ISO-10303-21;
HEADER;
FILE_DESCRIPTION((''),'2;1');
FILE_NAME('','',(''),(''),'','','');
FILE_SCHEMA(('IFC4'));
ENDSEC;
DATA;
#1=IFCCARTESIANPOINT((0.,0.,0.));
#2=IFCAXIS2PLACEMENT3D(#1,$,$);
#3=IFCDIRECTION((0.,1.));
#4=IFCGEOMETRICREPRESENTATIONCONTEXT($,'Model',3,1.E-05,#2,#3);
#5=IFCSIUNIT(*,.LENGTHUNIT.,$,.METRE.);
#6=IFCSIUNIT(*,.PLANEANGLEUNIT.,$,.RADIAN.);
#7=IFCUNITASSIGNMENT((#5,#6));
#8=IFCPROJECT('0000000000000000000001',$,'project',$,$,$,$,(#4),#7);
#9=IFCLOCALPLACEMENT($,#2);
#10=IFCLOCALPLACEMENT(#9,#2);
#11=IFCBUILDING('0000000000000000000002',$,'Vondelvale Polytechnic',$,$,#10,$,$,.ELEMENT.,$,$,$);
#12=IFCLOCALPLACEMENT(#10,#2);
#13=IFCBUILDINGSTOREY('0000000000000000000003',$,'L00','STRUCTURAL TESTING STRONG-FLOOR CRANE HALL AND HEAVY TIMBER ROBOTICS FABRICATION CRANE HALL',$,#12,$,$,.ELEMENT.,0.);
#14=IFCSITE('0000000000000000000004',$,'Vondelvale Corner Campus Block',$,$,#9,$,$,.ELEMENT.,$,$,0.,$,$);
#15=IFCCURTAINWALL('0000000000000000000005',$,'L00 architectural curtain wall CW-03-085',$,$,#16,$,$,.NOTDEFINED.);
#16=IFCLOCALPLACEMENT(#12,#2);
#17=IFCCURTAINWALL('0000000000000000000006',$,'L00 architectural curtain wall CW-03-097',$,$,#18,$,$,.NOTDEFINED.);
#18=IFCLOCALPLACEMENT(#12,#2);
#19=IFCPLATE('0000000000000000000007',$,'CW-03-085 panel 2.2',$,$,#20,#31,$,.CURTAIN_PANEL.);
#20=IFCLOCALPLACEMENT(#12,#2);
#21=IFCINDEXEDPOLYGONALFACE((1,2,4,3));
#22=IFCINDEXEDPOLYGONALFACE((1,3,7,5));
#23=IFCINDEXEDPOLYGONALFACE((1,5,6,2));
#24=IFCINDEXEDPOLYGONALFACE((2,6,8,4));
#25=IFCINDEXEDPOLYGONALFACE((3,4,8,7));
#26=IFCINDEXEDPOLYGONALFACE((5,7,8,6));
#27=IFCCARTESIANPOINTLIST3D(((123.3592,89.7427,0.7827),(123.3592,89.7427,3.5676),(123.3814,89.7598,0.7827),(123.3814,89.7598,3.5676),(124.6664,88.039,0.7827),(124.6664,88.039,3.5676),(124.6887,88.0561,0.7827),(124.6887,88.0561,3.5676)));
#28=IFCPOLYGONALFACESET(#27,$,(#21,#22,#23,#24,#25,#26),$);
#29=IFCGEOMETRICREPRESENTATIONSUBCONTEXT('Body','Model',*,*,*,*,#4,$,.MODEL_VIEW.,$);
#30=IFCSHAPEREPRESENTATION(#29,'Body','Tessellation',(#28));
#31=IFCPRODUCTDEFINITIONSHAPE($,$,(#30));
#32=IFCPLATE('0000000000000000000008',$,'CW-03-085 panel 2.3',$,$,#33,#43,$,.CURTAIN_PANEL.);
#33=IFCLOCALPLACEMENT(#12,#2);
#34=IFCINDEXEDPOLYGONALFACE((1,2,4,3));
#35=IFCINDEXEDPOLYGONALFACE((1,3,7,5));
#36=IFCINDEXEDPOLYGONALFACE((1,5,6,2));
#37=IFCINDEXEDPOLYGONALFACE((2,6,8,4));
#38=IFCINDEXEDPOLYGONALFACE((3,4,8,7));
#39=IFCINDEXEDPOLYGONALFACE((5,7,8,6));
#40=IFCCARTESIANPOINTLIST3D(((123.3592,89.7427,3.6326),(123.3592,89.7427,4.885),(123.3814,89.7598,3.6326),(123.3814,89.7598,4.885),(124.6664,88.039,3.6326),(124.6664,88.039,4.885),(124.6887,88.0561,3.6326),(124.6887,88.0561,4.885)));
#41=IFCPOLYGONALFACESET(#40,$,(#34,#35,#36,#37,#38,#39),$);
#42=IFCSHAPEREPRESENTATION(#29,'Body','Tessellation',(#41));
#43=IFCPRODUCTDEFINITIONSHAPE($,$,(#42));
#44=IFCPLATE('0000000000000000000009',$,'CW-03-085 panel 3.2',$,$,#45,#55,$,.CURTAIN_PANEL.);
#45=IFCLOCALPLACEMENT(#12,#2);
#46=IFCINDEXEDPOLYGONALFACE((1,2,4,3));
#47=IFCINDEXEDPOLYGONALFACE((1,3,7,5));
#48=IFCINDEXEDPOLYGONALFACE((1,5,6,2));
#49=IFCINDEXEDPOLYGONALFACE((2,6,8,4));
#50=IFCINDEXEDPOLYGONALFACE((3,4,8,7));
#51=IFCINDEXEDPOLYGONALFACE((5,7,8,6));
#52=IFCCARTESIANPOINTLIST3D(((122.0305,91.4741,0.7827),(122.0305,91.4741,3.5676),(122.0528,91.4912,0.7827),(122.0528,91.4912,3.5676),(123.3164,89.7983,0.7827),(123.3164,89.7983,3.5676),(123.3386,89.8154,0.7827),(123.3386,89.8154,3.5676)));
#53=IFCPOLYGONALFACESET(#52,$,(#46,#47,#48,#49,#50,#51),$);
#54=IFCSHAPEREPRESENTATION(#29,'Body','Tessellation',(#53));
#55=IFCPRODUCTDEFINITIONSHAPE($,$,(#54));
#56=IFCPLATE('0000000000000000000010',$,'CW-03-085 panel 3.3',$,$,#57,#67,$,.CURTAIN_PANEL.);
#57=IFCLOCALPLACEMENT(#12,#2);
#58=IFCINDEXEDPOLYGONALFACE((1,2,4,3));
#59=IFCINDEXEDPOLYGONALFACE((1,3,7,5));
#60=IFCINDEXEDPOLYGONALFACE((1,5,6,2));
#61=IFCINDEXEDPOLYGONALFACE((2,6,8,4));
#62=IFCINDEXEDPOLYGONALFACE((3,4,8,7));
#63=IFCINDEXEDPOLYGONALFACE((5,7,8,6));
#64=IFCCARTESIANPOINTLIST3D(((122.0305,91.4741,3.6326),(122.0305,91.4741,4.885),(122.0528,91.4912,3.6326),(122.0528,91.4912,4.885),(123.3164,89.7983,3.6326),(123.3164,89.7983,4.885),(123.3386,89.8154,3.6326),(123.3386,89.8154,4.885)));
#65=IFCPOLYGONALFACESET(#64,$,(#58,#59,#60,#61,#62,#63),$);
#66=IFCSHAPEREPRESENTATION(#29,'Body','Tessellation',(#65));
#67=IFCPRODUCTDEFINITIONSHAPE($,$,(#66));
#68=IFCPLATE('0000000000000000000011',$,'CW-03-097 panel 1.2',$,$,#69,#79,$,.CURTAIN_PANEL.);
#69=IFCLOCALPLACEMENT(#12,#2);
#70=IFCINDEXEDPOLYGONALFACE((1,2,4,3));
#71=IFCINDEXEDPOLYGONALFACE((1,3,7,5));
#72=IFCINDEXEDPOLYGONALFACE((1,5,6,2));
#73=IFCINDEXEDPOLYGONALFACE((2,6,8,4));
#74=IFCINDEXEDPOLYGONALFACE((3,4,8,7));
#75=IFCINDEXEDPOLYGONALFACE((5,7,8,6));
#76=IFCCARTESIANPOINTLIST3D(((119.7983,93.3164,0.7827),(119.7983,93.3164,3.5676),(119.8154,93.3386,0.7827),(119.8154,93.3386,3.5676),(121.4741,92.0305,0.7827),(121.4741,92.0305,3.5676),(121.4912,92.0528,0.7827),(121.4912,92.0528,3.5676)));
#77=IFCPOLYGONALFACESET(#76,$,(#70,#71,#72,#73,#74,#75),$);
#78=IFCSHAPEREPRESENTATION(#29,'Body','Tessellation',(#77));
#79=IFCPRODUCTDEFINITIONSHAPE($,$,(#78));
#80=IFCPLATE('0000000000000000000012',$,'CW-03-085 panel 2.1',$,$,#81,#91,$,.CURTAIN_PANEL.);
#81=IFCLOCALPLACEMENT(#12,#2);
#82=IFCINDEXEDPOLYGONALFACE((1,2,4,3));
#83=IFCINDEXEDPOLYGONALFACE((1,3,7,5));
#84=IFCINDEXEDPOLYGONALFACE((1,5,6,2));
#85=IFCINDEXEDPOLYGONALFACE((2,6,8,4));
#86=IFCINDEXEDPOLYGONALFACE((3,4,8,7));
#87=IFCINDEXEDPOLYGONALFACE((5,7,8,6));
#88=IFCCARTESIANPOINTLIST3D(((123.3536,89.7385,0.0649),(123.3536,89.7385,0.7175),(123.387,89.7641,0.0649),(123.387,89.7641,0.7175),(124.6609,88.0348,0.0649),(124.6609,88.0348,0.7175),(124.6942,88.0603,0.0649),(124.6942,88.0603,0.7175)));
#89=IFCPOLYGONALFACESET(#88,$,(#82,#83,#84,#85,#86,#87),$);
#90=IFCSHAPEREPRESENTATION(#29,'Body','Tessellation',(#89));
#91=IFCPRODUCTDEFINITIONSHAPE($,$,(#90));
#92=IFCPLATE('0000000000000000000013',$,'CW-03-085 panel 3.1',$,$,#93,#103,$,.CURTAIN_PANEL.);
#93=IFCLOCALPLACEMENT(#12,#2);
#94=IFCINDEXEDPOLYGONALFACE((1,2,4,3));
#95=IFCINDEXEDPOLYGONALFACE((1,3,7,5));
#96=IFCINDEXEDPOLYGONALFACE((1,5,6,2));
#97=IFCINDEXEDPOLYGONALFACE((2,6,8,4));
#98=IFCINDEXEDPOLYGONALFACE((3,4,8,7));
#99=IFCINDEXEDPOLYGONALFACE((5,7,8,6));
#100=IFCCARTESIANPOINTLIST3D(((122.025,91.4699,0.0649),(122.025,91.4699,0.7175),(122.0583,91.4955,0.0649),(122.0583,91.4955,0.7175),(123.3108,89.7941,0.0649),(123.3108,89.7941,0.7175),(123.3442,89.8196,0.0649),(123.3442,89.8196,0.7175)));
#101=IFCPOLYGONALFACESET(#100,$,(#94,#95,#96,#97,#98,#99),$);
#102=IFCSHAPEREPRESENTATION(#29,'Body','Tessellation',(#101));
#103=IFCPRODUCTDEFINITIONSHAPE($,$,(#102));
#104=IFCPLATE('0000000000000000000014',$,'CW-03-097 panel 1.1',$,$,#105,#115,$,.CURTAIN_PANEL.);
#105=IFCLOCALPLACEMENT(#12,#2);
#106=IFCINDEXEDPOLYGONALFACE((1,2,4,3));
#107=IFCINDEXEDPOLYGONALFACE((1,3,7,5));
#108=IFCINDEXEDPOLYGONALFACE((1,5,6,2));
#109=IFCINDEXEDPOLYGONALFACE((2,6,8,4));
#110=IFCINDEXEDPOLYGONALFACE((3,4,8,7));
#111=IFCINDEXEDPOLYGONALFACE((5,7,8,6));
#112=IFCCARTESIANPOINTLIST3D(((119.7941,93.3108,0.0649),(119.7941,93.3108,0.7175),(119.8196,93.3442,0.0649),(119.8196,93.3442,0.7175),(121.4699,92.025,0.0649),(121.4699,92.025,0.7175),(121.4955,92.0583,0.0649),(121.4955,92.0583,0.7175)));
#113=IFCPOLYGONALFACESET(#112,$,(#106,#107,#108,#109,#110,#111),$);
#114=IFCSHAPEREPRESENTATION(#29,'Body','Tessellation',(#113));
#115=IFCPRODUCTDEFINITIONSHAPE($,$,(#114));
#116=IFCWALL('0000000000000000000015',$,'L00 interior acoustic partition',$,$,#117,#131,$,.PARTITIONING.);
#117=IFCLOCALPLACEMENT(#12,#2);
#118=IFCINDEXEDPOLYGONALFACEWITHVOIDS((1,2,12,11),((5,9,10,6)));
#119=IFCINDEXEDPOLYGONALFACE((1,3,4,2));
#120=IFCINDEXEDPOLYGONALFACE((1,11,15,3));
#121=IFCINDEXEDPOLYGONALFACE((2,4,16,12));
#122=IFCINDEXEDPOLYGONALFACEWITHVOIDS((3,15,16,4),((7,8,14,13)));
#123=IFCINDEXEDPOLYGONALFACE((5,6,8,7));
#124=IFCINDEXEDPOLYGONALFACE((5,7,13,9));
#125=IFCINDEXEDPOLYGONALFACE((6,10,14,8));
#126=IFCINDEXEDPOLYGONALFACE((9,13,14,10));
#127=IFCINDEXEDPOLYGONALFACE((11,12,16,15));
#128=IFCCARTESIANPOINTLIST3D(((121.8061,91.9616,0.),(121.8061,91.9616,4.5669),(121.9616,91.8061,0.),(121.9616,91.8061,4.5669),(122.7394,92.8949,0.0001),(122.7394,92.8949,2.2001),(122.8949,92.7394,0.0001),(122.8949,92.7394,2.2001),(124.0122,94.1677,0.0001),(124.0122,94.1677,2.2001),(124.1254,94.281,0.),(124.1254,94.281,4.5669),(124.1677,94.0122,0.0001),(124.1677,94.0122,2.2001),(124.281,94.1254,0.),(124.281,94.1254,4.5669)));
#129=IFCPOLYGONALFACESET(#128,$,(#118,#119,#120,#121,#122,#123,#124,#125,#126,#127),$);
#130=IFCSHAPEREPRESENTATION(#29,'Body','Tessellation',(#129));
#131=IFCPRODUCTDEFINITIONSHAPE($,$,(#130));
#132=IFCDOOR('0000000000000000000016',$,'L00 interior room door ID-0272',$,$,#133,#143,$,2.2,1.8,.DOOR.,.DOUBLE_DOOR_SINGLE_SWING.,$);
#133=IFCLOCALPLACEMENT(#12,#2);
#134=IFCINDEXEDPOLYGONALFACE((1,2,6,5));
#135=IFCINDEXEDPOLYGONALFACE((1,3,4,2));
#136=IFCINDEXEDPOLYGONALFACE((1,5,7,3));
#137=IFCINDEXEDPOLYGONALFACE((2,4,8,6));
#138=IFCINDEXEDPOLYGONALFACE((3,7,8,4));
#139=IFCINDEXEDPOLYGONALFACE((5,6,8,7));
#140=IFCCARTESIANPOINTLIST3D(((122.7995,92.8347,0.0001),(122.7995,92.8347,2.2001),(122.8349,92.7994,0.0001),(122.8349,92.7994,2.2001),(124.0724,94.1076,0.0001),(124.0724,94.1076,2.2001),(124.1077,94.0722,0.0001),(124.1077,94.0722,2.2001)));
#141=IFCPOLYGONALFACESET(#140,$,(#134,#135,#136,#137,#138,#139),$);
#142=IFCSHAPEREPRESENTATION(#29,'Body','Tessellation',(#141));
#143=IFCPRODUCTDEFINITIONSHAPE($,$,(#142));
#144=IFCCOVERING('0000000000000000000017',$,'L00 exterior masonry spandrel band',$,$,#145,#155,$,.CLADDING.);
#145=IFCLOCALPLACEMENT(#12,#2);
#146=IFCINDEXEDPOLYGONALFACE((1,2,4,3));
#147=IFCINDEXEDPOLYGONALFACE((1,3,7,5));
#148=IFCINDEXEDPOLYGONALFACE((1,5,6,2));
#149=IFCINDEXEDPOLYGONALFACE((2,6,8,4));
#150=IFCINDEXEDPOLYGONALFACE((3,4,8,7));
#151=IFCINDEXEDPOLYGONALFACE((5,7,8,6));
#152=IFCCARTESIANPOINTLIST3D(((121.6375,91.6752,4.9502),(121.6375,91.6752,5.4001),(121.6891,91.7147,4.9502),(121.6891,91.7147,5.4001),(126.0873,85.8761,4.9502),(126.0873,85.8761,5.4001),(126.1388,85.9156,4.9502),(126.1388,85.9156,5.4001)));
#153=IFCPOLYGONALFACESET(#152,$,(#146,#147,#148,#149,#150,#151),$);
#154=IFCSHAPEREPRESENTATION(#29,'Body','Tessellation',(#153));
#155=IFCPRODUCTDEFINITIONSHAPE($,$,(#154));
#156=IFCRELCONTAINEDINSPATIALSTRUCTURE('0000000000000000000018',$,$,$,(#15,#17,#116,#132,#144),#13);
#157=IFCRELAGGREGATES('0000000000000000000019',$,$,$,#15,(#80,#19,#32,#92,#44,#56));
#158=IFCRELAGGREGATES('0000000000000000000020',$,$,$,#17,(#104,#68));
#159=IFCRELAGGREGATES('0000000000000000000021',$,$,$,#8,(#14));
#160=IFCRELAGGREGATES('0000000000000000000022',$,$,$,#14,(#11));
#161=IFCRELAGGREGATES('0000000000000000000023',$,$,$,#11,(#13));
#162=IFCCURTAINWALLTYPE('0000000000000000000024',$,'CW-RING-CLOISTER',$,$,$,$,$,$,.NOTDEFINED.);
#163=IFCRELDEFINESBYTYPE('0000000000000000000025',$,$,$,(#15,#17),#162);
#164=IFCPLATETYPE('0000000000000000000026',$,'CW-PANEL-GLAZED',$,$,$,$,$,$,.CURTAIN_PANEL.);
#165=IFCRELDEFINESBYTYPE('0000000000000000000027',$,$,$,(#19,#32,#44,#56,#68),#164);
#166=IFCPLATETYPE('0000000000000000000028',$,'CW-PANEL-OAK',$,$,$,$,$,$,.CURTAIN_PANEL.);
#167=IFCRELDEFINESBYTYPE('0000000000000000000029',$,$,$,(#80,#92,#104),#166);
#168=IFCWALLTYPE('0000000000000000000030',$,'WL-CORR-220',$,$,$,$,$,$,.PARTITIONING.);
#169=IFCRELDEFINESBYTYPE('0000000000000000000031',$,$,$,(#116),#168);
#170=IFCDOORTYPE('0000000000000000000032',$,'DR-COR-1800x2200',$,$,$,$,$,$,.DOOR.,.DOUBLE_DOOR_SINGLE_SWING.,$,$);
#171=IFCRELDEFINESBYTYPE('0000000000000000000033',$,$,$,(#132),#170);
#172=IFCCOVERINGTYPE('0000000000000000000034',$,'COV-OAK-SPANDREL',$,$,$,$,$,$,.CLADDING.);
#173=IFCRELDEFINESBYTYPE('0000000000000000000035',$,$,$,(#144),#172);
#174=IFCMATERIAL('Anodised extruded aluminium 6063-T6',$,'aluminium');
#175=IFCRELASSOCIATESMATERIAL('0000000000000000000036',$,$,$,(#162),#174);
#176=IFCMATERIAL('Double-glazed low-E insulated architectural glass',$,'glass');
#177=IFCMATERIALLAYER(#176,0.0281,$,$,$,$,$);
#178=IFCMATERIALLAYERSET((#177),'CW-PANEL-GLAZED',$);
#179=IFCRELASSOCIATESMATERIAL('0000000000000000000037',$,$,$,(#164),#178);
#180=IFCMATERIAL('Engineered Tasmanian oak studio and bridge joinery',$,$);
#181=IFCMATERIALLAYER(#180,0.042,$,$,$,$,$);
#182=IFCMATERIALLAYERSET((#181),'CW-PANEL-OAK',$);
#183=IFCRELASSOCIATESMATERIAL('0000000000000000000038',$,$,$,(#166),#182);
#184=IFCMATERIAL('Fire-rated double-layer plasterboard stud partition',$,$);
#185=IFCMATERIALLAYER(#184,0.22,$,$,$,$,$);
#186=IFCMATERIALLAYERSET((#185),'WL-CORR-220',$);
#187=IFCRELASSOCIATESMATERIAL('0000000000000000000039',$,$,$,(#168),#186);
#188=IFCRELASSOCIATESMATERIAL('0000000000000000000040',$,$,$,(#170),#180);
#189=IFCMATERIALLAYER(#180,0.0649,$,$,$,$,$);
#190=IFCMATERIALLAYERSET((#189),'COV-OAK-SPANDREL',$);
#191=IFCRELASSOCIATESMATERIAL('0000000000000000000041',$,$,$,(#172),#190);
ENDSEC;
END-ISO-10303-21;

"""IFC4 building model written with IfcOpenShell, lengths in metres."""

from ifc_helpers import new_model, si_unit, direction, frame, frame_2d, origin, origin_2d, place, context, subcontext, project, spatial, rectangle, extrude, material, layer, layer_set, type_object, element, fill, aggregate, save


model = new_model("IFC4")

# Units and contexts
model_context = context("Model", 3, precision=1e-05, world=origin(), true_north=direction((0.0, 1.0)))
body_context = subcontext(model_context, "Body", "Model", "MODEL_VIEW")
ifc_project = project(units=[si_unit("LENGTHUNIT", "METRE"), si_unit("PLANEANGLEUNIT", "RADIAN")], contexts=[model_context])

# Site, building, storey
site_placement = place(None, origin())
site = spatial("IfcSite", under=ifc_project, at=site_placement, Name="Vondelvale Corner Campus Block", CompositionType="ELEMENT", RefElevation=0.0)
building_placement = place(site_placement, origin())
building = spatial("IfcBuilding", under=site, at=building_placement, Name="Vondelvale Polytechnic", CompositionType="ELEMENT")
storey_placement = place(building_placement, origin())
storey = spatial("IfcBuildingStorey", under=building, at=storey_placement, Name="L00", Description="STRUCTURAL TESTING STRONG-FLOOR CRANE HALL AND HEAVY TIMBER ROBOTICS FABRICATION CRANE HALL", CompositionType="ELEMENT", Elevation=0.0)

# Curtain wall
ifc_material_1 = material(Name="Anodised extruded aluminium 6063-T6", Category="aluminium")
curtain_wall_type = type_object("IfcCurtainWallType", Name="CW-RING-CLOISTER", PredefinedType="NOTDEFINED", material=ifc_material_1)
curtain_wall_1_placement = place(storey_placement, origin())
curtain_wall_1 = element("IfcCurtainWall", 1, at=curtain_wall_1_placement, inside=storey, type_object=curtain_wall_type, Name="L00 architectural curtain wall CW-03-085", PredefinedType="NOTDEFINED")

# Curtain wall
curtain_wall_2_placement = place(storey_placement, origin())
curtain_wall_2 = element("IfcCurtainWall", 2, at=curtain_wall_2_placement, inside=storey, type_object=curtain_wall_type, Name="L00 architectural curtain wall CW-03-097", PredefinedType="NOTDEFINED")

# Plates
ifc_material_2 = material(Name="Double-glazed low-E insulated architectural glass", Category="glass")
ifc_layer_1 = layer(ifc_material_2, 0.0281)
ifc_layer_set_1 = layer_set([ifc_layer_1], Name="CW-PANEL-GLAZED")
plate_type_1 = type_object("IfcPlateType", Name="CW-PANEL-GLAZED", PredefinedType="CURTAIN_PANEL", material=ifc_layer_set_1)
plate_1_placement = place(storey_placement, frame((124.0239, 88.8994, 0.7827), z_axis=(0.0, 0.0, 1.0), x_axis=(-0.608748, 0.793364, 0.0)))
plate_1 = element("IfcPlate", 3, at=plate_1_placement, type_object=plate_type_1, Name="CW-03-085 panel 2.2", PredefinedType="CURTAIN_PANEL", context=body_context, shape_type="SweptSolid", body=[
    extrude(rectangle(XDim=2.1475, YDim=0.0281, at=origin_2d()), origin(), (0.0, 0.0, 1.0), 2.7849),
])
plate_2_placement = place(storey_placement, frame((124.0239, 88.8994, 3.6326), z_axis=(0.0, 0.0, 1.0), x_axis=(-0.608748, 0.793364, 0.0)))
plate_2 = element("IfcPlate", 4, at=plate_2_placement, type_object=plate_type_1, Name="CW-03-085 panel 2.3", PredefinedType="CURTAIN_PANEL", context=body_context, shape_type="SweptSolid", body=[
    extrude(rectangle(XDim=2.1475, YDim=0.0281, at=origin_2d()), origin(), (0.0, 0.0, 1.0), 1.2524),
])
plate_3_placement = place(storey_placement, frame((122.6846, 90.6448, 0.7827), z_axis=(0.0, 0.0, 1.0), x_axis=(-0.608748, 0.793364, 0.0)))
plate_3 = element("IfcPlate", 5, at=plate_3_placement, type_object=plate_type_1, Name="CW-03-085 panel 3.2", PredefinedType="CURTAIN_PANEL", context=body_context, shape_type="SweptSolid", body=[
    extrude(rectangle(XDim=2.1123, YDim=0.0281, at=origin_2d()), origin(), (0.0, 0.0, 1.0), 2.7849),
])
plate_4_placement = place(storey_placement, frame((122.6846, 90.6448, 3.6326), z_axis=(0.0, 0.0, 1.0), x_axis=(-0.608748, 0.793364, 0.0)))
plate_4 = element("IfcPlate", 6, at=plate_4_placement, type_object=plate_type_1, Name="CW-03-085 panel 3.3", PredefinedType="CURTAIN_PANEL", context=body_context, shape_type="SweptSolid", body=[
    extrude(rectangle(XDim=2.1123, YDim=0.0281, at=origin_2d()), origin(), (0.0, 0.0, 1.0), 1.2524),
])
plate_5_placement = place(storey_placement, frame((120.6448, 92.6846, 0.7827), z_axis=(0.0, 0.0, 1.0), x_axis=(-0.793364, 0.608748, 0.0)))
plate_5 = element("IfcPlate", 7, at=plate_5_placement, type_object=plate_type_1, Name="CW-03-097 panel 1.2", PredefinedType="CURTAIN_PANEL", context=body_context, shape_type="SweptSolid", body=[
    extrude(rectangle(XDim=2.1123, YDim=0.0281, at=origin_2d()), origin(), (0.0, 0.0, 1.0), 2.7849),
])
ifc_material_3 = material(Name="Engineered Tasmanian oak studio and bridge joinery")
ifc_layer_2 = layer(ifc_material_3, 0.042)
ifc_layer_set_2 = layer_set([ifc_layer_2], Name="CW-PANEL-OAK")
plate_type_2 = type_object("IfcPlateType", Name="CW-PANEL-OAK", PredefinedType="CURTAIN_PANEL", material=ifc_layer_set_2)
plate_6_placement = place(storey_placement, frame((124.0239, 88.8994, 0.0649), z_axis=(0.0, 0.0, 1.0), x_axis=(-0.608748, 0.793364, 0.0)))
plate_6 = element("IfcPlate", 8, at=plate_6_placement, type_object=plate_type_2, Name="CW-03-085 panel 2.1", PredefinedType="CURTAIN_PANEL", context=body_context, shape_type="SweptSolid", body=[
    extrude(rectangle(XDim=2.1475, YDim=0.042, at=origin_2d()), origin(), (0.0, 0.0, 1.0), 0.6526),
])
plate_7_placement = place(storey_placement, frame((122.6846, 90.6448, 0.0649), z_axis=(0.0, 0.0, 1.0), x_axis=(-0.608748, 0.793364, 0.0)))
plate_7 = element("IfcPlate", 9, at=plate_7_placement, type_object=plate_type_2, Name="CW-03-085 panel 3.1", PredefinedType="CURTAIN_PANEL", context=body_context, shape_type="SweptSolid", body=[
    extrude(rectangle(XDim=2.1123, YDim=0.042, at=origin_2d()), origin(), (0.0, 0.0, 1.0), 0.6526),
])
aggregate(curtain_wall_1, [plate_6, plate_1, plate_2, plate_7, plate_3, plate_4])
plate_8_placement = place(storey_placement, frame((120.6448, 92.6846, 0.0649), z_axis=(0.0, 0.0, 1.0), x_axis=(-0.793364, 0.608748, 0.0)))
plate_8 = element("IfcPlate", 10, at=plate_8_placement, type_object=plate_type_2, Name="CW-03-097 panel 1.1", PredefinedType="CURTAIN_PANEL", context=body_context, shape_type="SweptSolid", body=[
    extrude(rectangle(XDim=2.1123, YDim=0.042, at=origin_2d()), origin(), (0.0, 0.0, 1.0), 0.6526),
])
aggregate(curtain_wall_2, [plate_8, plate_5])

# Wall, opening, door
ifc_material_4 = material(Name="Fire-rated double-layer plasterboard stud partition")
ifc_layer_3 = layer(ifc_material_4, 0.22)
ifc_layer_set_3 = layer_set([ifc_layer_3], Name="WL-CORR-220")
wall_type = type_object("IfcWallType", Name="WL-CORR-220", PredefinedType="PARTITIONING", material=ifc_layer_set_3)
wall_placement = place(storey_placement, frame((121.8838, 91.8838, 0.0), z_axis=(0.0, 0.0, 1.0), x_axis=(0.707107, 0.707107, 0.0)))
wall = element("IfcWall", 11, at=wall_placement, inside=storey, type_object=wall_type, Name="L00 interior acoustic partition", PredefinedType="PARTITIONING", context=body_context, shape_type="SweptSolid", body=[
    extrude(rectangle(XDim=3.28, YDim=0.22, at=frame_2d((1.6401, 0.0))), origin(), (0.0, 0.0, 1.0), 4.5669),
])
opening_placement = place(wall_placement, frame((1.3201, 0.0, 0.0)))
opening = element("IfcOpeningElement", 12, at=opening_placement, cuts=wall, PredefinedType="OPENING", context=body_context, shape_type="SweptSolid", body=[
    extrude(rectangle(XDim=1.8, YDim=2.2, at=frame_2d((0.8999, 1.1001))), frame((0.0, 0.1199, 0.0), z_axis=(0.0, -1.0, 0.0), x_axis=(1.0, 0.0, 0.0)), (0.0, 0.0, 1.0), 0.24),
])
door_type = type_object("IfcDoorType", Name="DR-COR-1800x2200", OperationType="DOUBLE_DOOR_SINGLE_SWING", PredefinedType="DOOR", material=ifc_material_3)
door_placement = place(opening_placement, origin())
door = element("IfcDoor", 13, at=door_placement, inside=storey, type_object=door_type, Name="L00 interior room door ID-0272", OperationType="DOUBLE_DOOR_SINGLE_SWING", OverallHeight=2.2, OverallWidth=1.8, PredefinedType="DOOR", context=body_context, shape_type="SweptSolid", body=[
    extrude(rectangle(XDim=1.8, YDim=2.2, at=frame_2d((0.8999, 1.1001))), frame((0.0, 0.0249, 0.0), z_axis=(0.0, -1.0, 0.0), x_axis=(1.0, 0.0, 0.0)), (0.0, 0.0, 1.0), 0.05),
])
fill(opening, door)

# Covering
ifc_layer_4 = layer(ifc_material_3, 0.0649)
ifc_layer_set_4 = layer_set([ifc_layer_4], Name="COV-OAK-SPANDREL")
covering_type = type_object("IfcCoveringType", Name="COV-OAK-SPANDREL", PredefinedType="CLADDING", material=ifc_layer_set_4)
covering_placement = place(storey_placement, frame((123.8882, 88.7954, 4.9502), z_axis=(0.0, 0.0, 1.0), x_axis=(-0.608761, 0.793353, 0.0)))
element("IfcCovering", 14, at=covering_placement, inside=storey, type_object=covering_type, Name="L00 exterior masonry spandrel band", PredefinedType="CLADDING", context=body_context, shape_type="SweptSolid", body=[
    extrude(rectangle(XDim=7.3096, YDim=0.0649, at=origin_2d()), origin(), (0.0, 0.0, 1.0), 0.45),
])

save(model, "model.ifc")
